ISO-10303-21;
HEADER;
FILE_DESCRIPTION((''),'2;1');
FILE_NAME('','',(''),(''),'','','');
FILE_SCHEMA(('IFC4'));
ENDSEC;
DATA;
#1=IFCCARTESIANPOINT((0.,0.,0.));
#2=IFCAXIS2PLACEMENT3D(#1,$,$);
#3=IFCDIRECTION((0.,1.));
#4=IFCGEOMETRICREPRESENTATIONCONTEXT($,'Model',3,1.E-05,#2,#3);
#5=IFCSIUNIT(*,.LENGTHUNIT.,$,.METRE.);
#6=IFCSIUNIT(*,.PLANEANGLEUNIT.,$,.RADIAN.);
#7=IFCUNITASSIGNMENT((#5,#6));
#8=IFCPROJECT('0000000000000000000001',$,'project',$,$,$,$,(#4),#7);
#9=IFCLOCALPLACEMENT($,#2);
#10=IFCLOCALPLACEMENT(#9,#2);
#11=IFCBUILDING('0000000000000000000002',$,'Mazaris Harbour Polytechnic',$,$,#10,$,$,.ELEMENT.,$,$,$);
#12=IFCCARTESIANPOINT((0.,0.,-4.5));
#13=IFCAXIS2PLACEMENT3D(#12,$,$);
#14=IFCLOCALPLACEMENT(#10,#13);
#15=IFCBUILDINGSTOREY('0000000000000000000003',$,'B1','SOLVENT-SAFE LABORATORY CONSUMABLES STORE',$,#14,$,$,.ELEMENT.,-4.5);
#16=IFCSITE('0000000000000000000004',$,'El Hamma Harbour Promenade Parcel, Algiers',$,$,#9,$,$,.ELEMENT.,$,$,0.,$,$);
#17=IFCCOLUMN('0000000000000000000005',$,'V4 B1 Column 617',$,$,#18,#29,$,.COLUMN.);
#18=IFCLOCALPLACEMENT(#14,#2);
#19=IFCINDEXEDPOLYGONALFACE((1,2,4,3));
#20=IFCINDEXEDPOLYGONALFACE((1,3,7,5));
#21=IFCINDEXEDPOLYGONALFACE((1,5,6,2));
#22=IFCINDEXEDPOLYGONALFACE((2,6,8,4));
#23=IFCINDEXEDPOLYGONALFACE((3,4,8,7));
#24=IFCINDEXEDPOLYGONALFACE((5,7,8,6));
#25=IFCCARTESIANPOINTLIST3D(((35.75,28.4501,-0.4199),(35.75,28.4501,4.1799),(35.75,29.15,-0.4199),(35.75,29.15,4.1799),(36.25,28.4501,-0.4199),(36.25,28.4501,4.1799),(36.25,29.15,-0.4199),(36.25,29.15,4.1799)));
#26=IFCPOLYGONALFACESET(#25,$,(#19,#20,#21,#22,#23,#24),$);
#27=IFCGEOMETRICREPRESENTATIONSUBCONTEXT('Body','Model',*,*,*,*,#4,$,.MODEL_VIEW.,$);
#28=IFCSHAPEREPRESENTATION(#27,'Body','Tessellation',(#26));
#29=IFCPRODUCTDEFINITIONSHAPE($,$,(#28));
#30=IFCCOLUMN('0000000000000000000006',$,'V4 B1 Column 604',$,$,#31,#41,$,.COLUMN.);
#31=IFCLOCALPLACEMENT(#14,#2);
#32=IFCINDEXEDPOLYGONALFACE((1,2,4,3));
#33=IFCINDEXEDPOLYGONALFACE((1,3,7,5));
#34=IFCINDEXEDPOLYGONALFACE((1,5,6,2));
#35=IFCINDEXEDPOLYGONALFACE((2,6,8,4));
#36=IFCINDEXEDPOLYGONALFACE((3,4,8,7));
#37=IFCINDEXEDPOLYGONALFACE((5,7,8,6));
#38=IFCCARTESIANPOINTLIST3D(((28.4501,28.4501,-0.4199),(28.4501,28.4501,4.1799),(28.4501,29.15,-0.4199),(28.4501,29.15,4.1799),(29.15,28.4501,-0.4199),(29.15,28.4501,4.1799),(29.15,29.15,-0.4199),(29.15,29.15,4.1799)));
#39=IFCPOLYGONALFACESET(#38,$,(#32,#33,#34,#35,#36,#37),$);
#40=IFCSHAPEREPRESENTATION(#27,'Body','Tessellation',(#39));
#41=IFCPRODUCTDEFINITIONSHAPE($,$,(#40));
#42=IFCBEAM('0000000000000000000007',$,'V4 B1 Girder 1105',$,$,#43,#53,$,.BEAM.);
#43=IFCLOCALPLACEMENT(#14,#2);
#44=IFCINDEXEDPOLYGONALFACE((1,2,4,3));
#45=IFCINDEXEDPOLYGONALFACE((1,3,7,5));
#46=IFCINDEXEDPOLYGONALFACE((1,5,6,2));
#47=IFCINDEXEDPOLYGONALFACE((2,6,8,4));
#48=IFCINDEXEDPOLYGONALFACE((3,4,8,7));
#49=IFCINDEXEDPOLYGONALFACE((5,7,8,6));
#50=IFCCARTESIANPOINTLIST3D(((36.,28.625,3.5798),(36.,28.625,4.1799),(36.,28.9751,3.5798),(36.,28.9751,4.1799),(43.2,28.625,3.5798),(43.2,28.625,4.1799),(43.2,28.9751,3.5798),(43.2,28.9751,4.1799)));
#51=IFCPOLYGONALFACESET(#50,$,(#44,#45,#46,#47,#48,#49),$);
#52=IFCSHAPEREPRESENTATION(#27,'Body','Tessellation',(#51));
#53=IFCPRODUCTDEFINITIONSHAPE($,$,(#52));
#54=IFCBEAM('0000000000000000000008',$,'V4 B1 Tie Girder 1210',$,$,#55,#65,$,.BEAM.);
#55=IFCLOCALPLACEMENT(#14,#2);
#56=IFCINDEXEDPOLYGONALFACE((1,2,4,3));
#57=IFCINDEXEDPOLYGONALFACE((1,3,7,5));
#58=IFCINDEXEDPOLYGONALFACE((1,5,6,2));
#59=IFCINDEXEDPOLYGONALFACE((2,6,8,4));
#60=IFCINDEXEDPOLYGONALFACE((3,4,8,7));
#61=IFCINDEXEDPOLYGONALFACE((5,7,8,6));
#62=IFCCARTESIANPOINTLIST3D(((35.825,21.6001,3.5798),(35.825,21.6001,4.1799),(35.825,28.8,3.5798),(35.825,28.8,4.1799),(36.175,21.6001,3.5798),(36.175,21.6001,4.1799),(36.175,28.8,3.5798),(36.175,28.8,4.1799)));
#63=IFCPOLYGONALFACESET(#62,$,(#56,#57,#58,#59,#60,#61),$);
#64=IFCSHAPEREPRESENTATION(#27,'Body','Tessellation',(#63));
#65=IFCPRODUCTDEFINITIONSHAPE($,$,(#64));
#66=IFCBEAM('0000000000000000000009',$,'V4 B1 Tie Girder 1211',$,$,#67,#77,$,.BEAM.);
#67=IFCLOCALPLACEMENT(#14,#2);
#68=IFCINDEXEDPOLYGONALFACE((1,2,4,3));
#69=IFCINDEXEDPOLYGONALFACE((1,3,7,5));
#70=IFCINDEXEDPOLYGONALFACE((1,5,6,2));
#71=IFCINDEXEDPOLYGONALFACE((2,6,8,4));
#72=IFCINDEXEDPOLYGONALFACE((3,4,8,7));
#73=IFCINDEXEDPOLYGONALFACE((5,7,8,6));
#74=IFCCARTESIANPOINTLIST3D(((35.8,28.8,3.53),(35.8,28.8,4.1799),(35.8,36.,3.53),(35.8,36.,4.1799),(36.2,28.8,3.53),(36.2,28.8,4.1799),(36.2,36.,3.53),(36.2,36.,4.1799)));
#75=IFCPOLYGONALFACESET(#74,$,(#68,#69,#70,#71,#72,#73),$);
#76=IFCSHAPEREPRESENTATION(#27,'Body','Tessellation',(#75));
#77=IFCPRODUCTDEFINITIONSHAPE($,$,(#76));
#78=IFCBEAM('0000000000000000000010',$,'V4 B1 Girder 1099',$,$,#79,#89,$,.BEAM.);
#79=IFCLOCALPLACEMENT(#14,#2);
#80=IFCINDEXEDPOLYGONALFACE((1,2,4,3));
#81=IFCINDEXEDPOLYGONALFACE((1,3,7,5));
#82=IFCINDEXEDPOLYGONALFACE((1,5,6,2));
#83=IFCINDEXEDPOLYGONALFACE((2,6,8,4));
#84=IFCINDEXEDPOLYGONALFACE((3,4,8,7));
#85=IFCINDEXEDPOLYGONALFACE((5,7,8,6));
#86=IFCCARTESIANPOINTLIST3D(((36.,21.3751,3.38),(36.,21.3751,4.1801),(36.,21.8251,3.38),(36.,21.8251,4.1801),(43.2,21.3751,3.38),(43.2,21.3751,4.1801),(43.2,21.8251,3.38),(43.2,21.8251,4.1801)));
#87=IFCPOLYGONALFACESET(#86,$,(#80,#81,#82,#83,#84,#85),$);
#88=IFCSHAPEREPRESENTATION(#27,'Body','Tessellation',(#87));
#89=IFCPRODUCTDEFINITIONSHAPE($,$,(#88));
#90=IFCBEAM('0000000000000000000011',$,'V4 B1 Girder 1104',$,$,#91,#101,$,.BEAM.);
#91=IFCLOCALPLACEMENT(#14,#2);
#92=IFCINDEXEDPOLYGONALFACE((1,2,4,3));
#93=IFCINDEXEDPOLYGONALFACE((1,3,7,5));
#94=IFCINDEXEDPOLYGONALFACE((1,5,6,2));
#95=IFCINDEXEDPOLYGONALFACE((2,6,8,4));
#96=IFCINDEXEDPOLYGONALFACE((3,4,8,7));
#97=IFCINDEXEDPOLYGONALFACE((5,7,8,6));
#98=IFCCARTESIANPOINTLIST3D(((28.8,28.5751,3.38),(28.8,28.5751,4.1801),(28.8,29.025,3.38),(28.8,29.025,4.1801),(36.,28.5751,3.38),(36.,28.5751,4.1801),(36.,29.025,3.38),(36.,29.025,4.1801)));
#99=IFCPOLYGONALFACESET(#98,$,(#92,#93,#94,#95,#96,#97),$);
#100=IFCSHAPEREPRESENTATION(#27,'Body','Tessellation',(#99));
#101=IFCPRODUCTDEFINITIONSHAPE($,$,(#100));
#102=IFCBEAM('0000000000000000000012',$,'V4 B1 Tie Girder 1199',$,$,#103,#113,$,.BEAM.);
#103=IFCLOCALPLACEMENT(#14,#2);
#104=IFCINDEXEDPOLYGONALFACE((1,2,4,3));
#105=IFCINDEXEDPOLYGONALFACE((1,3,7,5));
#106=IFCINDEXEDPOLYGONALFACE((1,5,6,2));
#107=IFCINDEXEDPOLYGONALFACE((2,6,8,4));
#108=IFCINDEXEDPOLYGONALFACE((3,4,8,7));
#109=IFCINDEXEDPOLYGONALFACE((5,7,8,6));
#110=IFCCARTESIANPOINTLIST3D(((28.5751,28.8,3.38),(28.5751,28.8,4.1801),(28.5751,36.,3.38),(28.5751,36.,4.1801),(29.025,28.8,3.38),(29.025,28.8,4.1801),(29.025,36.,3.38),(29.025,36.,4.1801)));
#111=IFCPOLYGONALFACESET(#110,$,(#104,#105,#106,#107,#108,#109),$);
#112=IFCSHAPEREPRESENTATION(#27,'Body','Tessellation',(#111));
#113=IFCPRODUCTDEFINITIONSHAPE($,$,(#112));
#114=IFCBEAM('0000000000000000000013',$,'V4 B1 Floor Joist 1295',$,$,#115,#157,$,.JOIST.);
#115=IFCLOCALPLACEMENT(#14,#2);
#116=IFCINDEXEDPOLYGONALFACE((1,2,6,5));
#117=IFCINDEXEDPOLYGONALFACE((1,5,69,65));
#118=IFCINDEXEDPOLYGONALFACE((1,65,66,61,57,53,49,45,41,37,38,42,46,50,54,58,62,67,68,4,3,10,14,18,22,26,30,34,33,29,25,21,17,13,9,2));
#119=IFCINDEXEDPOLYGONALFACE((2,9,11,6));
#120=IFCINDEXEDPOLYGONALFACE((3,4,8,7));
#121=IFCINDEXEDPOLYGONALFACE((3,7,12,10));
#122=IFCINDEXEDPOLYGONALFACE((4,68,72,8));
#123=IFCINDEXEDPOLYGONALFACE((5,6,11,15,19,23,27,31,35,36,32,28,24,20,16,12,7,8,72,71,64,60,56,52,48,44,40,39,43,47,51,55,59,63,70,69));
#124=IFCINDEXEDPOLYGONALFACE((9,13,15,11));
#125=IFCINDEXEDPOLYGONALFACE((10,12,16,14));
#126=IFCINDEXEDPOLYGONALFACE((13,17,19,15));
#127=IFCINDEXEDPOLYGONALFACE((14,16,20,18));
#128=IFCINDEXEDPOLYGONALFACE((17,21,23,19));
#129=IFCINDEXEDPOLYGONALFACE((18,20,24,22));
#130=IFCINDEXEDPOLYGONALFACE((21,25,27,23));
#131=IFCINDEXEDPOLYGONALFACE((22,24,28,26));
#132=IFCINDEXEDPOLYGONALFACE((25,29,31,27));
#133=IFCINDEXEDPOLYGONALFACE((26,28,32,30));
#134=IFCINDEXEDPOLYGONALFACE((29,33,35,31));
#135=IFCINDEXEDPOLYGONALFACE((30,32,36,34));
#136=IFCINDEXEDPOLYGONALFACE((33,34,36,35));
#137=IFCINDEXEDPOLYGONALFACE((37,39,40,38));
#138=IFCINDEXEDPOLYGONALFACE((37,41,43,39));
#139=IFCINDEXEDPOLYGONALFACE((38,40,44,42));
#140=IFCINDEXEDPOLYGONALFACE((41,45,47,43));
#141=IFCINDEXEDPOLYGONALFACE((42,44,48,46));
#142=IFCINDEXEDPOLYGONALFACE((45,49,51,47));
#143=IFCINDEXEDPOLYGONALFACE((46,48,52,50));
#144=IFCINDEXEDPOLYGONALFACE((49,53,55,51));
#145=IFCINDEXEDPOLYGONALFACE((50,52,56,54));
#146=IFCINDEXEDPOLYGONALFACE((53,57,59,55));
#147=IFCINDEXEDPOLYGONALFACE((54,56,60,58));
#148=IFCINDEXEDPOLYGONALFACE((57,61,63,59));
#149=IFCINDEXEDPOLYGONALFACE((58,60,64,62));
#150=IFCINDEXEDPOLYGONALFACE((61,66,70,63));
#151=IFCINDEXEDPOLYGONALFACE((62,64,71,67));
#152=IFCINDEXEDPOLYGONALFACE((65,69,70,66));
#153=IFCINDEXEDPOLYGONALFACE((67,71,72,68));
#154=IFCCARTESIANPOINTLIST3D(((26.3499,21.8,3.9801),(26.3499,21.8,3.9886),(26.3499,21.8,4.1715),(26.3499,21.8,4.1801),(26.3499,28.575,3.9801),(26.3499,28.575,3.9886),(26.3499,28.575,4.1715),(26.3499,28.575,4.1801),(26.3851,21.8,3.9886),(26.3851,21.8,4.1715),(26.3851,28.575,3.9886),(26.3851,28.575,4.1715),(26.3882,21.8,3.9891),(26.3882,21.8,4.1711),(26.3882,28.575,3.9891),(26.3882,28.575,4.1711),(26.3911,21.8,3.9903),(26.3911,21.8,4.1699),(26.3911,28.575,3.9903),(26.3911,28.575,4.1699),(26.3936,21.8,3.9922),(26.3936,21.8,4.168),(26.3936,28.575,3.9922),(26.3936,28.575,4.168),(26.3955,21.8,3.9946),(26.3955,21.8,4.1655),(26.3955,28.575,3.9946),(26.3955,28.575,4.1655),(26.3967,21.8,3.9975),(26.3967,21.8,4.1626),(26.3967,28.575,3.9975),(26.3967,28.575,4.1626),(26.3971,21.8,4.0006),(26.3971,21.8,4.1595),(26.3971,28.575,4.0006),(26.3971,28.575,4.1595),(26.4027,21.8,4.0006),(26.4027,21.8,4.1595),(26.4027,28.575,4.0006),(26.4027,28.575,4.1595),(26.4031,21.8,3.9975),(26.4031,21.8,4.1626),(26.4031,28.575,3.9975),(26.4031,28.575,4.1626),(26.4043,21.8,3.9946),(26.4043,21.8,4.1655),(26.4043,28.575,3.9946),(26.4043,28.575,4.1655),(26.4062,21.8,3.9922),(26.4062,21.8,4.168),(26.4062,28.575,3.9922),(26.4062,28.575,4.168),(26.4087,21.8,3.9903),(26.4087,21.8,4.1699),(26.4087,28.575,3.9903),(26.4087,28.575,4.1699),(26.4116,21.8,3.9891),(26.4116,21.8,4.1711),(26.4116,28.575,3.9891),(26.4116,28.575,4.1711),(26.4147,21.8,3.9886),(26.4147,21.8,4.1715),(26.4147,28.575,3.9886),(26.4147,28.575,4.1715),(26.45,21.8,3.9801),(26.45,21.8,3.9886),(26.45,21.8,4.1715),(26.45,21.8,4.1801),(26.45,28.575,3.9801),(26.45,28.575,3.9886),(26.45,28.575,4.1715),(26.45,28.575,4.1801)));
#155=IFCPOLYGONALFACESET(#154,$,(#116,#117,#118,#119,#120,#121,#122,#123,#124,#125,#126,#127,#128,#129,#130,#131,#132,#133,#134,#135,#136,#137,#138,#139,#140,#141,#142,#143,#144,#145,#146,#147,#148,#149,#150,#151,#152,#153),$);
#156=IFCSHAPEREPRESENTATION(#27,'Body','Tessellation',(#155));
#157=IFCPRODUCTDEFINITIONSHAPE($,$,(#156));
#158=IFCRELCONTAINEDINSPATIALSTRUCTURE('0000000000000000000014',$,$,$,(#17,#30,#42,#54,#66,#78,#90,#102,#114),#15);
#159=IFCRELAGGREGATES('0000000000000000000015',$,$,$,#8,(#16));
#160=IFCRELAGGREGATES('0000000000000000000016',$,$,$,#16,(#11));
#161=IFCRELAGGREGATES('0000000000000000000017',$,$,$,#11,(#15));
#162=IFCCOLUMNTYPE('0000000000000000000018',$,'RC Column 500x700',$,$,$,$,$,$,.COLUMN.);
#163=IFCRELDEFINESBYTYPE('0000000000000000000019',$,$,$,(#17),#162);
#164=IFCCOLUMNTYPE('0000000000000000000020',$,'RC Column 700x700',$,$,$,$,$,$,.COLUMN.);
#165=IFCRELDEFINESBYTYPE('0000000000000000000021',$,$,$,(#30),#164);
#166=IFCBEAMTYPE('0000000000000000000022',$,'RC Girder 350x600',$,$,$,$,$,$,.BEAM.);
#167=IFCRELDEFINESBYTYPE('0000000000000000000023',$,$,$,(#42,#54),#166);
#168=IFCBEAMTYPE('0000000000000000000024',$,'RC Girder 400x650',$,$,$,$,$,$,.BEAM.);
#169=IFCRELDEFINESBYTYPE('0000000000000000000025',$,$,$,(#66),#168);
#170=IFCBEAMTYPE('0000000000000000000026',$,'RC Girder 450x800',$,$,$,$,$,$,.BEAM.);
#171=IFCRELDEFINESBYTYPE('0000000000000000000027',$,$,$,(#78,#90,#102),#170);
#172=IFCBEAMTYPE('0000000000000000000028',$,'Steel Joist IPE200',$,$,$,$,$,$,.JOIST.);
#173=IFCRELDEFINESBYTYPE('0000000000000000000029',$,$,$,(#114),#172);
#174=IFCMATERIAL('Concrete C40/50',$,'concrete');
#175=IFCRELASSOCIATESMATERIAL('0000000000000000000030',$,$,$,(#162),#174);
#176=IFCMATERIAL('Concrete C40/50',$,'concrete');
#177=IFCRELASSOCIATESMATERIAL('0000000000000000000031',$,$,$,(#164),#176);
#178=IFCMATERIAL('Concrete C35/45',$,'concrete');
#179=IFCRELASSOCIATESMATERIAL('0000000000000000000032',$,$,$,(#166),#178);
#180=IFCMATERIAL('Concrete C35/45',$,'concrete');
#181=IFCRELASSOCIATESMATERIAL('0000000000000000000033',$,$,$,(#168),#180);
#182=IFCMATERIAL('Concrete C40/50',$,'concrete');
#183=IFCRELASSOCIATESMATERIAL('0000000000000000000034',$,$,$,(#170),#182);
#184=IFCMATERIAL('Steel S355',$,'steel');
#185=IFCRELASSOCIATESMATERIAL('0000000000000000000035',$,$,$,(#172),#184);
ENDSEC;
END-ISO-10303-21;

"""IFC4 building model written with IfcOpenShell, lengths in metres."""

from ifc_helpers import new_model, si_unit, direction, frame, origin, origin_2d, place, context, subcontext, project, spatial, rectangle, i_section, extrude, material, material_profile, profile_set, type_object, element, save


model = new_model("IFC4")

# Units and contexts
model_context = context("Model", 3, precision=1e-05, world=origin(), true_north=direction((0.0, 1.0)))
body_context = subcontext(model_context, "Body", "Model", "MODEL_VIEW")
ifc_project = project(units=[si_unit("LENGTHUNIT", "METRE"), si_unit("PLANEANGLEUNIT", "RADIAN")], contexts=[model_context])

# Site, building, storey
site_placement = place(None, origin())
site = spatial("IfcSite", under=ifc_project, at=site_placement, Name="El Hamma Harbour Promenade Parcel, Algiers", CompositionType="ELEMENT", RefElevation=0.0)
building_placement = place(site_placement, origin())
building = spatial("IfcBuilding", under=site, at=building_placement, Name="Mazaris Harbour Polytechnic", CompositionType="ELEMENT")
storey_placement = place(building_placement, frame((0.0, 0.0, -4.5)))
storey = spatial("IfcBuildingStorey", under=building, at=storey_placement, Name="B1", Description="SOLVENT-SAFE LABORATORY CONSUMABLES STORE", CompositionType="ELEMENT", Elevation=-4.5)

# Columns
ifc_material_1 = material(Name="Concrete C40/50", Category="concrete")
ifc_material_profile_1 = material_profile(ifc_material_1, rectangle(XDim=0.5, YDim=0.7, at=origin_2d()), Name="RECT500x700")
ifc_profile_set_1 = profile_set([ifc_material_profile_1], Name="Concrete C40/50")
column_type_1 = type_object("IfcColumnType", Name="RC Column 500x700", PredefinedType="COLUMN", material=ifc_profile_set_1)
column_1_placement = place(storey_placement, frame((36.0, 28.8, -0.4199), z_axis=(0.0, 0.0, 1.0), x_axis=(1.0, 0.0, 0.0)))
element("IfcColumn", 1, at=column_1_placement, inside=storey, type_object=column_type_1, Name="V4 B1 Column 617", PredefinedType="COLUMN", context=body_context, shape_type="SweptSolid", body=[
    extrude(rectangle(XDim=0.5, YDim=0.7, at=origin_2d()), origin(), (0.0, 0.0, 1.0), 4.5999),
])
ifc_material_2 = material(Name="Concrete C40/50", Category="concrete")
ifc_material_profile_2 = material_profile(ifc_material_2, rectangle(XDim=0.7, YDim=0.7, at=origin_2d()), Name="RECT700x700")
ifc_profile_set_2 = profile_set([ifc_material_profile_2], Name="Concrete C40/50")
column_type_2 = type_object("IfcColumnType", Name="RC Column 700x700", PredefinedType="COLUMN", material=ifc_profile_set_2)
column_2_placement = place(storey_placement, frame((28.8, 28.8, -0.4199), z_axis=(0.0, 0.0, 1.0), x_axis=(1.0, 0.0, 0.0)))
element("IfcColumn", 2, at=column_2_placement, inside=storey, type_object=column_type_2, Name="V4 B1 Column 604", PredefinedType="COLUMN", context=body_context, shape_type="SweptSolid", body=[
    extrude(rectangle(XDim=0.7, YDim=0.7, at=origin_2d()), origin(), (0.0, 0.0, 1.0), 4.5999),
])

# Beams
ifc_material_3 = material(Name="Concrete C35/45", Category="concrete")
ifc_material_profile_3 = material_profile(ifc_material_3, rectangle(XDim=0.3501, YDim=0.6001, at=origin_2d()), Name="RECT350x600")
ifc_profile_set_3 = profile_set([ifc_material_profile_3], Name="Concrete C35/45")
beam_type_1 = type_object("IfcBeamType", Name="RC Girder 350x600", PredefinedType="BEAM", material=ifc_profile_set_3)
for number, where, z_axis, x_axis, name in (
    (3, (36.0, 28.8, 3.8799), (1.0, 0.0, 0.0), (0.0, 1.0, 0.0), "V4 B1 Girder 1105"),
    (4, (36.0, 21.6001, 3.8799), (0.0, 1.0, 0.0), (-1.0, 0.0, 0.0), "V4 B1 Tie Girder 1210"),
):
    element("IfcBeam", number, at=place(storey_placement, frame(where, z_axis=z_axis, x_axis=x_axis)), inside=storey, type_object=beam_type_1, Name=name, PredefinedType="BEAM", context=body_context, shape_type="SweptSolid", body=[
        extrude(rectangle(XDim=0.3501, YDim=0.6001, at=origin_2d()), origin(), (0.0, 0.0, 1.0), 7.2),
    ])
ifc_material_4 = material(Name="Concrete C35/45", Category="concrete")
ifc_material_profile_4 = material_profile(ifc_material_4, rectangle(XDim=0.3999, YDim=0.6499, at=origin_2d()), Name="RECT400x650")
ifc_profile_set_4 = profile_set([ifc_material_profile_4], Name="Concrete C35/45")
beam_type_2 = type_object("IfcBeamType", Name="RC Girder 400x650", PredefinedType="BEAM", material=ifc_profile_set_4)
beam_1_placement = place(storey_placement, frame((36.0, 28.8, 3.855), z_axis=(0.0, 1.0, 0.0), x_axis=(-1.0, 0.0, 0.0)))
element("IfcBeam", 5, at=beam_1_placement, inside=storey, type_object=beam_type_2, Name="V4 B1 Tie Girder 1211", PredefinedType="BEAM", context=body_context, shape_type="SweptSolid", body=[
    extrude(rectangle(XDim=0.3999, YDim=0.6499, at=origin_2d()), origin(), (0.0, 0.0, 1.0), 7.2),
])
ifc_material_5 = material(Name="Concrete C40/50", Category="concrete")
ifc_material_profile_5 = material_profile(ifc_material_5, rectangle(XDim=0.45, YDim=0.8, at=origin_2d()), Name="RECT450x800")
ifc_profile_set_5 = profile_set([ifc_material_profile_5], Name="Concrete C40/50")
beam_type_3 = type_object("IfcBeamType", Name="RC Girder 450x800", PredefinedType="BEAM", material=ifc_profile_set_5)
for number, where, z_axis, x_axis, name in (
    (6, (36.0, 21.6001, 3.78), (1.0, 0.0, 0.0), (0.0, 1.0, 0.0), "V4 B1 Girder 1099"),
    (7, (28.8, 28.8, 3.78), (1.0, 0.0, 0.0), (0.0, 1.0, 0.0), "V4 B1 Girder 1104"),
    (8, (28.8, 28.8, 3.78), (0.0, 1.0, 0.0), (-1.0, 0.0, 0.0), "V4 B1 Tie Girder 1199"),
):
    element("IfcBeam", number, at=place(storey_placement, frame(where, z_axis=z_axis, x_axis=x_axis)), inside=storey, type_object=beam_type_3, Name=name, PredefinedType="BEAM", context=body_context, shape_type="SweptSolid", body=[
        extrude(rectangle(XDim=0.45, YDim=0.8, at=origin_2d()), origin(), (0.0, 0.0, 1.0), 7.2),
    ])
ifc_material_6 = material(Name="Steel S355", Category="steel")
ifc_material_profile_6 = material_profile(ifc_material_6, i_section(OverallWidth=0.1001, OverallDepth=0.2, WebThickness=0.0056, FlangeThickness=0.0085, FilletRadius=0.012, at=origin_2d()), Name="IPE 200")
ifc_profile_set_6 = profile_set([ifc_material_profile_6], Name="Steel S355")
beam_type_4 = type_object("IfcBeamType", Name="Steel Joist IPE200", PredefinedType="JOIST", material=ifc_profile_set_6)
beam_2_placement = place(storey_placement, frame((26.3999, 21.8, 4.0801), z_axis=(0.0, 1.0, 0.0), x_axis=(-1.0, 0.0, 0.0)))
element("IfcBeam", 9, at=beam_2_placement, inside=storey, type_object=beam_type_4, Name="V4 B1 Floor Joist 1295", PredefinedType="JOIST", context=body_context, shape_type="SweptSolid", body=[
    extrude(i_section(OverallWidth=0.1001, OverallDepth=0.2, WebThickness=0.0056, FlangeThickness=0.0085, FilletRadius=0.012, at=origin_2d()), origin(), (0.0, 0.0, 1.0), 6.7749),
])

save(model, "model.ifc")
